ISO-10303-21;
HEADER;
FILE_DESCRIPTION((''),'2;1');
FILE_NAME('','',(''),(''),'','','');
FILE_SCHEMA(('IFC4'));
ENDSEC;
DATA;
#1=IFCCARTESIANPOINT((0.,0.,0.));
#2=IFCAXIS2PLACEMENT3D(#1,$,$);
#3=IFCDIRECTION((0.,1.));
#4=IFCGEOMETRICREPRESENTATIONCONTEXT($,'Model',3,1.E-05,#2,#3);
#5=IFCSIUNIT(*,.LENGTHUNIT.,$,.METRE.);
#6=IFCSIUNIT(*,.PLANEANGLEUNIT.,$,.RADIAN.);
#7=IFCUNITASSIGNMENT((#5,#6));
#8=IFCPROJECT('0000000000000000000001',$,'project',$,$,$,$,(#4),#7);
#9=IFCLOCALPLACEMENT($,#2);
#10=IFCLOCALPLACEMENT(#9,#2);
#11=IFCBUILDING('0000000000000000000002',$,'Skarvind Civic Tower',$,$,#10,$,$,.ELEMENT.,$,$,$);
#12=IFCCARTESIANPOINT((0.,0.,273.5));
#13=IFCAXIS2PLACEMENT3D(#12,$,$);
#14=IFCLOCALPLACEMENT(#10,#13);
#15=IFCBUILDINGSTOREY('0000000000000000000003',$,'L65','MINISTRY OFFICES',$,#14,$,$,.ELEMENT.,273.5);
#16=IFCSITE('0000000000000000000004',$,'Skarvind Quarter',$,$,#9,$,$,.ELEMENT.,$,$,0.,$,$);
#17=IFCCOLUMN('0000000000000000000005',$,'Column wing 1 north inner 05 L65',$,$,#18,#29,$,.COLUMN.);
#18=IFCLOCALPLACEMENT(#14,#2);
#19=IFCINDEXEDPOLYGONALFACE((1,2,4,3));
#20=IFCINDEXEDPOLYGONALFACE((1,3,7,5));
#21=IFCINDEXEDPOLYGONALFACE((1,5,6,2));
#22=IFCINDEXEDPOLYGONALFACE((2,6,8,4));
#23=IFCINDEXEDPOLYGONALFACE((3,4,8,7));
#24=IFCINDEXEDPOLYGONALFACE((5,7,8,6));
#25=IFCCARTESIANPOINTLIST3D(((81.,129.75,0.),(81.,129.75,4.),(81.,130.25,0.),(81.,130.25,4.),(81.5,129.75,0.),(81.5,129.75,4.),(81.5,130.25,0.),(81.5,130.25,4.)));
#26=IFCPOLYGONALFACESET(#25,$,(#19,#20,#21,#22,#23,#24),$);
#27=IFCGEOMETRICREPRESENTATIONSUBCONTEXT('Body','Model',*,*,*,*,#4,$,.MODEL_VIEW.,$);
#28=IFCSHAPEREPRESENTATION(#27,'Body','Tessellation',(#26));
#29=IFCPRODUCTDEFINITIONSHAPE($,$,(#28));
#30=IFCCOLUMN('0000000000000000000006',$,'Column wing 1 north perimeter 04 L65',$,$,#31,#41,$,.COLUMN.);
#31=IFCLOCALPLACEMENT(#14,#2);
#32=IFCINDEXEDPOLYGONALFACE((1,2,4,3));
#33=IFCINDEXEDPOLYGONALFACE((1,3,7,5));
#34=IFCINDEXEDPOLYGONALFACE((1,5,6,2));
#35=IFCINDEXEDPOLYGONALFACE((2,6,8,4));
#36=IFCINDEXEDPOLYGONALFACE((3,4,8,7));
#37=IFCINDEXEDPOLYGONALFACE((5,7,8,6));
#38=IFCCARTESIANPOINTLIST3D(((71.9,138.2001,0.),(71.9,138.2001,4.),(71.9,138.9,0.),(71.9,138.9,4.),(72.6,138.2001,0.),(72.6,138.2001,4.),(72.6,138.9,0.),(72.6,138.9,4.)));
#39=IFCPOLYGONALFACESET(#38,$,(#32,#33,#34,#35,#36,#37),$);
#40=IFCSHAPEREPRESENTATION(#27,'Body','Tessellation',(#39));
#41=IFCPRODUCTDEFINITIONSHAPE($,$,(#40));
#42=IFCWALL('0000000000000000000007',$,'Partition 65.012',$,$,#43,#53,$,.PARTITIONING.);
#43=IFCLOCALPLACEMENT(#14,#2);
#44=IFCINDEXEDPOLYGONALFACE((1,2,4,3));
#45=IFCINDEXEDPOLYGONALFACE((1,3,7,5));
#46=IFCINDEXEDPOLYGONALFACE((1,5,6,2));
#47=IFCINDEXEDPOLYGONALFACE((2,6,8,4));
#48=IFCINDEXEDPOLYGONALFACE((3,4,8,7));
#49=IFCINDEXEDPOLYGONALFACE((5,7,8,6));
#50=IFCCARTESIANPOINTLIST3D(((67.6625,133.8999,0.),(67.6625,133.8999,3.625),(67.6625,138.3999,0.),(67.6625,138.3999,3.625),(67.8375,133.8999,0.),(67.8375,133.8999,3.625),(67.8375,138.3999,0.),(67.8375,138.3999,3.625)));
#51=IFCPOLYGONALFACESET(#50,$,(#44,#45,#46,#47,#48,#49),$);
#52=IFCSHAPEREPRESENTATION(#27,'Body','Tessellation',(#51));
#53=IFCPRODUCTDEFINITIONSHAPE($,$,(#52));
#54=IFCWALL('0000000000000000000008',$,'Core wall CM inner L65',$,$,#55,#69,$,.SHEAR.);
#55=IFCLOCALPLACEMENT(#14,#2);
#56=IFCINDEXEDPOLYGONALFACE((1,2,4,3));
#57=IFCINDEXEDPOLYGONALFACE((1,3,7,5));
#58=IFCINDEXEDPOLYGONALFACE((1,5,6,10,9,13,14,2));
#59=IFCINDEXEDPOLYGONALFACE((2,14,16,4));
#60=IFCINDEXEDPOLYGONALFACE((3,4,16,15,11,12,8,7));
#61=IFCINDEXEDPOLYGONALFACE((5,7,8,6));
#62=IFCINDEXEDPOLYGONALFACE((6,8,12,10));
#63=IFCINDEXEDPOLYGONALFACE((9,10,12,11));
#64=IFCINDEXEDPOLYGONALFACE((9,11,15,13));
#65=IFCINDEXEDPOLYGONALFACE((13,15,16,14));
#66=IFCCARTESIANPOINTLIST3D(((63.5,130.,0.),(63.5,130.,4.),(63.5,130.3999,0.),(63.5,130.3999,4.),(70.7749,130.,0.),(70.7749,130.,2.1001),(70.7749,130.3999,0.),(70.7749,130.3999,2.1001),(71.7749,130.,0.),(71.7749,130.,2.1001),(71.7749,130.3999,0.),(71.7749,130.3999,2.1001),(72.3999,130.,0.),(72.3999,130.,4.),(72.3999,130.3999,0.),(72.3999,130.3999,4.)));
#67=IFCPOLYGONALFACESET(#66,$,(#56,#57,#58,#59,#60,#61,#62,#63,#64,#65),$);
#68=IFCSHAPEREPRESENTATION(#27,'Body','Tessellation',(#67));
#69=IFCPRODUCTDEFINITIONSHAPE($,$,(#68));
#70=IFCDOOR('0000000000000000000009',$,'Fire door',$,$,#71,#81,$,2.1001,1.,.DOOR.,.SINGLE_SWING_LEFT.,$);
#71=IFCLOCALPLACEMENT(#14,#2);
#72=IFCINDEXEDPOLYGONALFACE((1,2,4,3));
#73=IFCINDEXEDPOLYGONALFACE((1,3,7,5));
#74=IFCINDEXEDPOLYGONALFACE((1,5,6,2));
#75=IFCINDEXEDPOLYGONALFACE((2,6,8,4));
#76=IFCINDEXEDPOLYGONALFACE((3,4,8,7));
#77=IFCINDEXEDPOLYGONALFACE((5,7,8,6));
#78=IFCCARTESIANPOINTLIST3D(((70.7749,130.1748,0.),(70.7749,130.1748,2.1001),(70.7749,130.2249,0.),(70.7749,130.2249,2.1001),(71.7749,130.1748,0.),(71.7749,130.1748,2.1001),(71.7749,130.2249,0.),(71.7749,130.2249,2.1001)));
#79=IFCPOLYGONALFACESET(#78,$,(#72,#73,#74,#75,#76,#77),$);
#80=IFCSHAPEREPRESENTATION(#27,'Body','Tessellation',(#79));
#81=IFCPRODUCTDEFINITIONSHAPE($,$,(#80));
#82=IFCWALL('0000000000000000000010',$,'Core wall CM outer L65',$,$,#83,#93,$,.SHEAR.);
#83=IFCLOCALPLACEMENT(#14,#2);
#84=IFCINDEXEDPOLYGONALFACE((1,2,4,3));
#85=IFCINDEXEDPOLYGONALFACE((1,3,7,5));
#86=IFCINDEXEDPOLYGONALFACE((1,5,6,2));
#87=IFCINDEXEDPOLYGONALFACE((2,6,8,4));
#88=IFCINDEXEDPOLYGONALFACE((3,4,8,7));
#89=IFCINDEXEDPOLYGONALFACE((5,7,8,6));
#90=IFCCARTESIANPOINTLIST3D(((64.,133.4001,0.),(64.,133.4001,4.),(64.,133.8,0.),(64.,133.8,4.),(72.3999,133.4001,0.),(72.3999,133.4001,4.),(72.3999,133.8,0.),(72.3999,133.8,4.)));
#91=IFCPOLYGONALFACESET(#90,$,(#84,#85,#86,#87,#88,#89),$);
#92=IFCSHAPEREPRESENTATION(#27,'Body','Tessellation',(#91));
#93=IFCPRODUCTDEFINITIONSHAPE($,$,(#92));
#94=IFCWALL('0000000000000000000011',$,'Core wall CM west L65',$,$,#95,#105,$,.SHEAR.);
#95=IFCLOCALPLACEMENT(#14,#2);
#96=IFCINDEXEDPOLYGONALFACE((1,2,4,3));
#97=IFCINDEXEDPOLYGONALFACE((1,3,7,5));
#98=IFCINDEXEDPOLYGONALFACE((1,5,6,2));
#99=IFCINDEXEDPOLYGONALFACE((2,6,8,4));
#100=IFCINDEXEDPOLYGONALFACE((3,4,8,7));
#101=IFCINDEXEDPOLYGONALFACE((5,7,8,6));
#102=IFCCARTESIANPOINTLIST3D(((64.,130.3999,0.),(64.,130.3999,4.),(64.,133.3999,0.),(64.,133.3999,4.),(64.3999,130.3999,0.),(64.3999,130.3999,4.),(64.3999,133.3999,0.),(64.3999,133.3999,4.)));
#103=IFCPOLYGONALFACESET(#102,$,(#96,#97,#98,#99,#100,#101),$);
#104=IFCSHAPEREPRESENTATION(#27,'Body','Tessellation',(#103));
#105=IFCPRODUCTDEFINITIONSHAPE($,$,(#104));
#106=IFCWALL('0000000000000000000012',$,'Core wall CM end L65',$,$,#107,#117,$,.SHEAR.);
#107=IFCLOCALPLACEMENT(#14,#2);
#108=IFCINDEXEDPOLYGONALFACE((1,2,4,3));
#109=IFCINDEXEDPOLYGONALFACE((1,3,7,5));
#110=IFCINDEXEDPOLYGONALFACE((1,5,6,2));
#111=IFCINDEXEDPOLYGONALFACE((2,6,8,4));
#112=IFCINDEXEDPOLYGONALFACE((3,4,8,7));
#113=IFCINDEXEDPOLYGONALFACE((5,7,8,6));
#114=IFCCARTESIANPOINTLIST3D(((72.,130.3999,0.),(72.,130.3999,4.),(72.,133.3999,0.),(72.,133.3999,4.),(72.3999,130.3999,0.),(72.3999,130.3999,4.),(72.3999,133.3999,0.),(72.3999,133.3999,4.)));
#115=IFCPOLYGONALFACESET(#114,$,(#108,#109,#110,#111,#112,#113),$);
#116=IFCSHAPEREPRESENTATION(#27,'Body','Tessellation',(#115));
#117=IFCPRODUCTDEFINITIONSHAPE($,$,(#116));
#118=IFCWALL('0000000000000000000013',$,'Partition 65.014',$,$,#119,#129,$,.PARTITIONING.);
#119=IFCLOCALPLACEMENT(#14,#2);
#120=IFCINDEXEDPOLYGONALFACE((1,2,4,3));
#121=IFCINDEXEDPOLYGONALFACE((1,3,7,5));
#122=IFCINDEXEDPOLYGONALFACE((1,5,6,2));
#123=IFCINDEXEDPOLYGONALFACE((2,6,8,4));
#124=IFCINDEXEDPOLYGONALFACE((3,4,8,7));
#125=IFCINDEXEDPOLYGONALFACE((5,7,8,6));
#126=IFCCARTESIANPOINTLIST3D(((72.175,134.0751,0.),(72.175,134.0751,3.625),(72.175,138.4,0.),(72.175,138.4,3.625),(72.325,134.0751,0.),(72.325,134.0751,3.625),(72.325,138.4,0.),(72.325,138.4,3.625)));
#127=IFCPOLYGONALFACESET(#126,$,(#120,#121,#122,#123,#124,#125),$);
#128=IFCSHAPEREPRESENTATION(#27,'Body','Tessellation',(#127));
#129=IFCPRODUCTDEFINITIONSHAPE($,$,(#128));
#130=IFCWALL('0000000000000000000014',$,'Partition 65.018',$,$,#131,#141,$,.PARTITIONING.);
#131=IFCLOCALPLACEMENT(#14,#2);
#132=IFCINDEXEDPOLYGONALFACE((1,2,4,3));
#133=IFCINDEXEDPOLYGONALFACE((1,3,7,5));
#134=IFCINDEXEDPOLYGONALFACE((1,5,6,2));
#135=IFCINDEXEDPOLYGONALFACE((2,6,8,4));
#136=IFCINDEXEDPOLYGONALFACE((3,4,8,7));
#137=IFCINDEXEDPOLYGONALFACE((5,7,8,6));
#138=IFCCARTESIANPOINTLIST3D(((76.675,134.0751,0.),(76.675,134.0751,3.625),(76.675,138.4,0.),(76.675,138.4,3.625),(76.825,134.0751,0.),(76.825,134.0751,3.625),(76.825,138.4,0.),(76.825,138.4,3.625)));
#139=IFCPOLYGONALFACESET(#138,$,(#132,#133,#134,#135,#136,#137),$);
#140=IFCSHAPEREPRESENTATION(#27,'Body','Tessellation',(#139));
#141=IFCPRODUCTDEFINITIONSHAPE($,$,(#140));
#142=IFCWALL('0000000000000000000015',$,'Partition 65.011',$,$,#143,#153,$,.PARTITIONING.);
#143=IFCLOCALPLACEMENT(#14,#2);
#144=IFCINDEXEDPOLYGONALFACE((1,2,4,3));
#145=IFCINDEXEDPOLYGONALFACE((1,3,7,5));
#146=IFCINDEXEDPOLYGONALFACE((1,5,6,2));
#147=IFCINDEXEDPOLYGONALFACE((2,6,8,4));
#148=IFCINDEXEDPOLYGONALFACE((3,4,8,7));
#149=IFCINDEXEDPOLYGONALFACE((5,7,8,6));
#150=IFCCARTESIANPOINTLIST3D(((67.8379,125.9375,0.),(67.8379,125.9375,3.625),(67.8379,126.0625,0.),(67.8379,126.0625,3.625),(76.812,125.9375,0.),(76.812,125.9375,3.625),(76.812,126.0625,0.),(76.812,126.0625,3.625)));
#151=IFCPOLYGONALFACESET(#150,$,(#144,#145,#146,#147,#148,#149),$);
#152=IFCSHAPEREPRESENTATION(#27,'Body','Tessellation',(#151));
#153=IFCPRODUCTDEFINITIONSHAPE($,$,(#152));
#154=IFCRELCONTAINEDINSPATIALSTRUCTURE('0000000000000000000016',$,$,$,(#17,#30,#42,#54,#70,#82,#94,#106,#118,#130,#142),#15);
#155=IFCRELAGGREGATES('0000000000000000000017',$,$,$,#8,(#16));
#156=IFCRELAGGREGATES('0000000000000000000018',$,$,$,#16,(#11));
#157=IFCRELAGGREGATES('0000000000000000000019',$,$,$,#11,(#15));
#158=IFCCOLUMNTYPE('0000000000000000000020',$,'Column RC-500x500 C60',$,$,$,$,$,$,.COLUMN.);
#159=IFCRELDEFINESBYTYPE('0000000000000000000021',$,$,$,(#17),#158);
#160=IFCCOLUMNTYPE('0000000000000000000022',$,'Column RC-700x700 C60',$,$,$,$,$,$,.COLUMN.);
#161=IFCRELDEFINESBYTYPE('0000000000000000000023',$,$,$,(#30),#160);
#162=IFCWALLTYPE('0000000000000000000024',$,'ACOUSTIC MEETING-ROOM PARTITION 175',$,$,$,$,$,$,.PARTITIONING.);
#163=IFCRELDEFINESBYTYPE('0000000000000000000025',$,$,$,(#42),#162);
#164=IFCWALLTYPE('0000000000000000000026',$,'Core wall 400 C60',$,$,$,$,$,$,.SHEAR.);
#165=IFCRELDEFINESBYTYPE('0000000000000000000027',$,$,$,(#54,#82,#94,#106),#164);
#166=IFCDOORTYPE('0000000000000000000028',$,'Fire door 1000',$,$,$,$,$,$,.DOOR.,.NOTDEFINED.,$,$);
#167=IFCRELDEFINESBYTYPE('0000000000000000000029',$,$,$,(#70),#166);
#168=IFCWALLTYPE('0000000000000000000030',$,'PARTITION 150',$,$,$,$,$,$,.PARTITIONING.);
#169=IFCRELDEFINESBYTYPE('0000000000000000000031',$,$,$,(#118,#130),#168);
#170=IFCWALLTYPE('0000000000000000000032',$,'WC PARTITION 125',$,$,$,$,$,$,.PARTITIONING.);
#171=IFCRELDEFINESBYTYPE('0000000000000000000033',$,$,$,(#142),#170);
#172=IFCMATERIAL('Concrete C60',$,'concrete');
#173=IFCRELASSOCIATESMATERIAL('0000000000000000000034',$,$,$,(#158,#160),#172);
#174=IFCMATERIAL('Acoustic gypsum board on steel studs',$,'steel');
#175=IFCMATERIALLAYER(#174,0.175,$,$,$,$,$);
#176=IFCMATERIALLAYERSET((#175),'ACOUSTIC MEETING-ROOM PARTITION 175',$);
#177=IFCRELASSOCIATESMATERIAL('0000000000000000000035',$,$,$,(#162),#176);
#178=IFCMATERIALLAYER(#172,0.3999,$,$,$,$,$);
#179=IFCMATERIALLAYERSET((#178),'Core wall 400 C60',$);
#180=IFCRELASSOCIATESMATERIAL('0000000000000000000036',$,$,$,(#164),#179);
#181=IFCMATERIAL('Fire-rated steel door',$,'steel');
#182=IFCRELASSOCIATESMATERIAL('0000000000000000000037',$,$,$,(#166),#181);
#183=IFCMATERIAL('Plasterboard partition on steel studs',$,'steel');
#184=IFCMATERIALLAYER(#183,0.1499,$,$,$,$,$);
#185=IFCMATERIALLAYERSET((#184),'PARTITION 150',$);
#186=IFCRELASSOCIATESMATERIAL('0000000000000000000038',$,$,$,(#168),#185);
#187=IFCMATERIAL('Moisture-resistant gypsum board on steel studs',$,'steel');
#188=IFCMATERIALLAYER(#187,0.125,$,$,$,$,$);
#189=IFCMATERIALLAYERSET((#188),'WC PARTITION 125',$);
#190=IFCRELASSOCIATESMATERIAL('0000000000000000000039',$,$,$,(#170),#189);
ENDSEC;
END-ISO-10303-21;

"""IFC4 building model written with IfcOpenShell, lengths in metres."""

from ifc_helpers import new_model, si_unit, direction, frame, frame_2d, origin, origin_2d, place, context, subcontext, project, spatial, rectangle, extrude, material, layer, layer_set, material_profile, profile_set, type_object, element, fill, save


model = new_model("IFC4")

# Units and contexts
model_context = context("Model", 3, precision=1e-05, world=origin(), true_north=direction((0.0, 1.0)))
body_context = subcontext(model_context, "Body", "Model", "MODEL_VIEW")
ifc_project = project(units=[si_unit("LENGTHUNIT", "METRE"), si_unit("PLANEANGLEUNIT", "RADIAN")], contexts=[model_context])

# Site, building, storey
site_placement = place(None, origin())
site = spatial("IfcSite", under=ifc_project, at=site_placement, Name="Skarvind Quarter", CompositionType="ELEMENT", RefElevation=0.0)
building_placement = place(site_placement, origin())
building = spatial("IfcBuilding", under=site, at=building_placement, Name="Skarvind Civic Tower", CompositionType="ELEMENT")
storey_placement = place(building_placement, frame((0.0, 0.0, 273.5)))
storey = spatial("IfcBuildingStorey", under=building, at=storey_placement, Name="L65", Description="MINISTRY OFFICES", CompositionType="ELEMENT", Elevation=273.5)

# Columns
ifc_material_1 = material(Name="Concrete C60", Category="concrete")
ifc_material_profile_1 = material_profile(ifc_material_1, rectangle(XDim=0.5, YDim=0.5, at=origin_2d()), Name="RC-500x500")
ifc_profile_set_1 = profile_set([ifc_material_profile_1], Name="Concrete C60")
column_type_1 = type_object("IfcColumnType", Name="Column RC-500x500 C60", PredefinedType="COLUMN", material=ifc_profile_set_1)
column_1_placement = place(storey_placement, frame((81.25, 130.0, 0.0), z_axis=(0.0, 0.0, 1.0), x_axis=(1.0, 0.0, 0.0)))
element("IfcColumn", 1, at=column_1_placement, inside=storey, type_object=column_type_1, Name="Column wing 1 north inner 05 L65", PredefinedType="COLUMN", context=body_context, shape_type="SweptSolid", body=[
    extrude(rectangle(XDim=0.5, YDim=0.5, at=origin_2d()), origin(), (0.0, 0.0, 1.0), 4.0),
])
ifc_material_profile_2 = material_profile(ifc_material_1, rectangle(XDim=0.7, YDim=0.7, at=origin_2d()), Name="RC-700x700")
ifc_profile_set_2 = profile_set([ifc_material_profile_2], Name="Concrete C60")
column_type_2 = type_object("IfcColumnType", Name="Column RC-700x700 C60", PredefinedType="COLUMN", material=ifc_profile_set_2)
column_2_placement = place(storey_placement, frame((72.25, 138.55, 0.0), z_axis=(0.0, 0.0, 1.0), x_axis=(1.0, 0.0, 0.0)))
element("IfcColumn", 2, at=column_2_placement, inside=storey, type_object=column_type_2, Name="Column wing 1 north perimeter 04 L65", PredefinedType="COLUMN", context=body_context, shape_type="SweptSolid", body=[
    extrude(rectangle(XDim=0.7, YDim=0.7, at=origin_2d()), origin(), (0.0, 0.0, 1.0), 4.0),
])

# Wall
ifc_material_2 = material(Name="Acoustic gypsum board on steel studs", Category="steel")
ifc_layer_1 = layer(ifc_material_2, 0.175)
ifc_layer_set_1 = layer_set([ifc_layer_1], Name="ACOUSTIC MEETING-ROOM PARTITION 175")
wall_type_1 = type_object("IfcWallType", Name="ACOUSTIC MEETING-ROOM PARTITION 175", PredefinedType="PARTITIONING", material=ifc_layer_set_1)
wall_1_placement = place(storey_placement, frame((67.75, 133.8999, 0.0), z_axis=(0.0, 0.0, 1.0), x_axis=(0.0, 1.0, 0.0)))
element("IfcWall", 3, at=wall_1_placement, inside=storey, type_object=wall_type_1, Name="Partition 65.012", PredefinedType="PARTITIONING", context=body_context, shape_type="SweptSolid", body=[
    extrude(rectangle(XDim=4.5, YDim=0.175, at=frame_2d((2.25, 0.0))), origin(), (0.0, 0.0, 1.0), 3.625),
])

# Wall, opening, door
ifc_layer_2 = layer(ifc_material_1, 0.3999)
ifc_layer_set_2 = layer_set([ifc_layer_2], Name="Core wall 400 C60")
wall_type_2 = type_object("IfcWallType", Name="Core wall 400 C60", PredefinedType="SHEAR", material=ifc_layer_set_2)
wall_2_placement = place(storey_placement, frame((63.5, 130.2, 0.0), z_axis=(0.0, 0.0, 1.0), x_axis=(1.0, 0.0, 0.0)))
wall_2 = element("IfcWall", 4, at=wall_2_placement, inside=storey, type_object=wall_type_2, Name="Core wall CM inner L65", PredefinedType="SHEAR", context=body_context, shape_type="SweptSolid", body=[
    extrude(rectangle(XDim=8.8999, YDim=0.3999, at=frame_2d((4.45, 0.0))), origin(), (0.0, 0.0, 1.0), 4.0),
])
opening_placement = place(wall_2_placement, frame((7.2749, 0.0, 0.0)))
opening = element("IfcOpeningElement", 5, at=opening_placement, cuts=wall_2, PredefinedType="OPENING", context=body_context, shape_type="SweptSolid", body=[
    extrude(rectangle(XDim=1.0, YDim=2.1001, at=frame_2d((0.5, 1.05))), frame((0.0, 0.21, 0.0), z_axis=(0.0, -1.0, 0.0), x_axis=(1.0, 0.0, 0.0)), (0.0, 0.0, 1.0), 0.4199),
])
ifc_material_3 = material(Name="Fire-rated steel door", Category="steel")
door_type = type_object("IfcDoorType", Name="Fire door 1000", OperationType="NOTDEFINED", PredefinedType="DOOR", material=ifc_material_3)
door_placement = place(opening_placement, origin())
door = element("IfcDoor", 6, at=door_placement, inside=storey, type_object=door_type, Name="Fire door", OperationType="SINGLE_SWING_LEFT", OverallHeight=2.1001, OverallWidth=1.0, PredefinedType="DOOR", context=body_context, shape_type="SweptSolid", body=[
    extrude(rectangle(XDim=1.0, YDim=2.1001, at=frame_2d((0.5, 1.05))), frame((0.0, 0.0249, 0.0), z_axis=(0.0, -1.0, 0.0), x_axis=(1.0, 0.0, 0.0)), (0.0, 0.0, 1.0), 0.05),
])
fill(opening, door)

# Walls
wall_3_placement = place(storey_placement, frame((64.0, 133.6001, 0.0), z_axis=(0.0, 0.0, 1.0), x_axis=(1.0, 0.0, 0.0)))
element("IfcWall", 7, at=wall_3_placement, inside=storey, type_object=wall_type_2, Name="Core wall CM outer L65", PredefinedType="SHEAR", context=body_context, shape_type="SweptSolid", body=[
    extrude(rectangle(XDim=8.3999, YDim=0.3999, at=frame_2d((4.2, 0.0))), origin(), (0.0, 0.0, 1.0), 4.0),
])
for number, where, z_axis, x_axis, name in (
    (8, (64.2, 130.3999, 0.0), (0.0, 0.0, 1.0), (0.0, 1.0, 0.0), "Core wall CM west L65"),
    (9, (72.2, 130.3999, 0.0), (0.0, 0.0, 1.0), (0.0, 1.0, 0.0), "Core wall CM end L65"),
):
    element("IfcWall", number, at=place(storey_placement, frame(where, z_axis=z_axis, x_axis=x_axis)), inside=storey, type_object=wall_type_2, Name=name, PredefinedType="SHEAR", context=body_context, shape_type="SweptSolid", body=[
        extrude(rectangle(XDim=3.0, YDim=0.3999, at=frame_2d((1.5, 0.0))), origin(), (0.0, 0.0, 1.0), 4.0),
    ])
ifc_material_4 = material(Name="Plasterboard partition on steel studs", Category="steel")
ifc_layer_3 = layer(ifc_material_4, 0.1499)
ifc_layer_set_3 = layer_set([ifc_layer_3], Name="PARTITION 150")
wall_type_3 = type_object("IfcWallType", Name="PARTITION 150", PredefinedType="PARTITIONING", material=ifc_layer_set_3)
for number, where, z_axis, x_axis, name in (
    (10, (72.25, 134.075, 0.0), (0.0, 0.0, 1.0), (0.0, 1.0, 0.0), "Partition 65.014"),
    (11, (76.75, 134.075, 0.0), (0.0, 0.0, 1.0), (0.0, 1.0, 0.0), "Partition 65.018"),
):
    element("IfcWall", number, at=place(storey_placement, frame(where, z_axis=z_axis, x_axis=x_axis)), inside=storey, type_object=wall_type_3, Name=name, PredefinedType="PARTITIONING", context=body_context, shape_type="SweptSolid", body=[
        extrude(rectangle(XDim=4.325, YDim=0.1499, at=frame_2d((2.1626, 0.0))), origin(), (0.0, 0.0, 1.0), 3.625),
    ])
ifc_material_5 = material(Name="Moisture-resistant gypsum board on steel studs", Category="steel")
ifc_layer_4 = layer(ifc_material_5, 0.125)
ifc_layer_set_4 = layer_set([ifc_layer_4], Name="WC PARTITION 125")
wall_type_4 = type_object("IfcWallType", Name="WC PARTITION 125", PredefinedType="PARTITIONING", material=ifc_layer_set_4)
wall_4_placement = place(storey_placement, frame((67.8379, 126.0, 0.0), z_axis=(0.0, 0.0, 1.0), x_axis=(1.0, 0.0, 0.0)))
element("IfcWall", 12, at=wall_4_placement, inside=storey, type_object=wall_type_4, Name="Partition 65.011", PredefinedType="PARTITIONING", context=body_context, shape_type="SweptSolid", body=[
    extrude(rectangle(XDim=8.9741, YDim=0.125, at=frame_2d((4.4871, 0.0))), origin(), (0.0, 0.0, 1.0), 3.625),
])

save(model, "model.ifc")
